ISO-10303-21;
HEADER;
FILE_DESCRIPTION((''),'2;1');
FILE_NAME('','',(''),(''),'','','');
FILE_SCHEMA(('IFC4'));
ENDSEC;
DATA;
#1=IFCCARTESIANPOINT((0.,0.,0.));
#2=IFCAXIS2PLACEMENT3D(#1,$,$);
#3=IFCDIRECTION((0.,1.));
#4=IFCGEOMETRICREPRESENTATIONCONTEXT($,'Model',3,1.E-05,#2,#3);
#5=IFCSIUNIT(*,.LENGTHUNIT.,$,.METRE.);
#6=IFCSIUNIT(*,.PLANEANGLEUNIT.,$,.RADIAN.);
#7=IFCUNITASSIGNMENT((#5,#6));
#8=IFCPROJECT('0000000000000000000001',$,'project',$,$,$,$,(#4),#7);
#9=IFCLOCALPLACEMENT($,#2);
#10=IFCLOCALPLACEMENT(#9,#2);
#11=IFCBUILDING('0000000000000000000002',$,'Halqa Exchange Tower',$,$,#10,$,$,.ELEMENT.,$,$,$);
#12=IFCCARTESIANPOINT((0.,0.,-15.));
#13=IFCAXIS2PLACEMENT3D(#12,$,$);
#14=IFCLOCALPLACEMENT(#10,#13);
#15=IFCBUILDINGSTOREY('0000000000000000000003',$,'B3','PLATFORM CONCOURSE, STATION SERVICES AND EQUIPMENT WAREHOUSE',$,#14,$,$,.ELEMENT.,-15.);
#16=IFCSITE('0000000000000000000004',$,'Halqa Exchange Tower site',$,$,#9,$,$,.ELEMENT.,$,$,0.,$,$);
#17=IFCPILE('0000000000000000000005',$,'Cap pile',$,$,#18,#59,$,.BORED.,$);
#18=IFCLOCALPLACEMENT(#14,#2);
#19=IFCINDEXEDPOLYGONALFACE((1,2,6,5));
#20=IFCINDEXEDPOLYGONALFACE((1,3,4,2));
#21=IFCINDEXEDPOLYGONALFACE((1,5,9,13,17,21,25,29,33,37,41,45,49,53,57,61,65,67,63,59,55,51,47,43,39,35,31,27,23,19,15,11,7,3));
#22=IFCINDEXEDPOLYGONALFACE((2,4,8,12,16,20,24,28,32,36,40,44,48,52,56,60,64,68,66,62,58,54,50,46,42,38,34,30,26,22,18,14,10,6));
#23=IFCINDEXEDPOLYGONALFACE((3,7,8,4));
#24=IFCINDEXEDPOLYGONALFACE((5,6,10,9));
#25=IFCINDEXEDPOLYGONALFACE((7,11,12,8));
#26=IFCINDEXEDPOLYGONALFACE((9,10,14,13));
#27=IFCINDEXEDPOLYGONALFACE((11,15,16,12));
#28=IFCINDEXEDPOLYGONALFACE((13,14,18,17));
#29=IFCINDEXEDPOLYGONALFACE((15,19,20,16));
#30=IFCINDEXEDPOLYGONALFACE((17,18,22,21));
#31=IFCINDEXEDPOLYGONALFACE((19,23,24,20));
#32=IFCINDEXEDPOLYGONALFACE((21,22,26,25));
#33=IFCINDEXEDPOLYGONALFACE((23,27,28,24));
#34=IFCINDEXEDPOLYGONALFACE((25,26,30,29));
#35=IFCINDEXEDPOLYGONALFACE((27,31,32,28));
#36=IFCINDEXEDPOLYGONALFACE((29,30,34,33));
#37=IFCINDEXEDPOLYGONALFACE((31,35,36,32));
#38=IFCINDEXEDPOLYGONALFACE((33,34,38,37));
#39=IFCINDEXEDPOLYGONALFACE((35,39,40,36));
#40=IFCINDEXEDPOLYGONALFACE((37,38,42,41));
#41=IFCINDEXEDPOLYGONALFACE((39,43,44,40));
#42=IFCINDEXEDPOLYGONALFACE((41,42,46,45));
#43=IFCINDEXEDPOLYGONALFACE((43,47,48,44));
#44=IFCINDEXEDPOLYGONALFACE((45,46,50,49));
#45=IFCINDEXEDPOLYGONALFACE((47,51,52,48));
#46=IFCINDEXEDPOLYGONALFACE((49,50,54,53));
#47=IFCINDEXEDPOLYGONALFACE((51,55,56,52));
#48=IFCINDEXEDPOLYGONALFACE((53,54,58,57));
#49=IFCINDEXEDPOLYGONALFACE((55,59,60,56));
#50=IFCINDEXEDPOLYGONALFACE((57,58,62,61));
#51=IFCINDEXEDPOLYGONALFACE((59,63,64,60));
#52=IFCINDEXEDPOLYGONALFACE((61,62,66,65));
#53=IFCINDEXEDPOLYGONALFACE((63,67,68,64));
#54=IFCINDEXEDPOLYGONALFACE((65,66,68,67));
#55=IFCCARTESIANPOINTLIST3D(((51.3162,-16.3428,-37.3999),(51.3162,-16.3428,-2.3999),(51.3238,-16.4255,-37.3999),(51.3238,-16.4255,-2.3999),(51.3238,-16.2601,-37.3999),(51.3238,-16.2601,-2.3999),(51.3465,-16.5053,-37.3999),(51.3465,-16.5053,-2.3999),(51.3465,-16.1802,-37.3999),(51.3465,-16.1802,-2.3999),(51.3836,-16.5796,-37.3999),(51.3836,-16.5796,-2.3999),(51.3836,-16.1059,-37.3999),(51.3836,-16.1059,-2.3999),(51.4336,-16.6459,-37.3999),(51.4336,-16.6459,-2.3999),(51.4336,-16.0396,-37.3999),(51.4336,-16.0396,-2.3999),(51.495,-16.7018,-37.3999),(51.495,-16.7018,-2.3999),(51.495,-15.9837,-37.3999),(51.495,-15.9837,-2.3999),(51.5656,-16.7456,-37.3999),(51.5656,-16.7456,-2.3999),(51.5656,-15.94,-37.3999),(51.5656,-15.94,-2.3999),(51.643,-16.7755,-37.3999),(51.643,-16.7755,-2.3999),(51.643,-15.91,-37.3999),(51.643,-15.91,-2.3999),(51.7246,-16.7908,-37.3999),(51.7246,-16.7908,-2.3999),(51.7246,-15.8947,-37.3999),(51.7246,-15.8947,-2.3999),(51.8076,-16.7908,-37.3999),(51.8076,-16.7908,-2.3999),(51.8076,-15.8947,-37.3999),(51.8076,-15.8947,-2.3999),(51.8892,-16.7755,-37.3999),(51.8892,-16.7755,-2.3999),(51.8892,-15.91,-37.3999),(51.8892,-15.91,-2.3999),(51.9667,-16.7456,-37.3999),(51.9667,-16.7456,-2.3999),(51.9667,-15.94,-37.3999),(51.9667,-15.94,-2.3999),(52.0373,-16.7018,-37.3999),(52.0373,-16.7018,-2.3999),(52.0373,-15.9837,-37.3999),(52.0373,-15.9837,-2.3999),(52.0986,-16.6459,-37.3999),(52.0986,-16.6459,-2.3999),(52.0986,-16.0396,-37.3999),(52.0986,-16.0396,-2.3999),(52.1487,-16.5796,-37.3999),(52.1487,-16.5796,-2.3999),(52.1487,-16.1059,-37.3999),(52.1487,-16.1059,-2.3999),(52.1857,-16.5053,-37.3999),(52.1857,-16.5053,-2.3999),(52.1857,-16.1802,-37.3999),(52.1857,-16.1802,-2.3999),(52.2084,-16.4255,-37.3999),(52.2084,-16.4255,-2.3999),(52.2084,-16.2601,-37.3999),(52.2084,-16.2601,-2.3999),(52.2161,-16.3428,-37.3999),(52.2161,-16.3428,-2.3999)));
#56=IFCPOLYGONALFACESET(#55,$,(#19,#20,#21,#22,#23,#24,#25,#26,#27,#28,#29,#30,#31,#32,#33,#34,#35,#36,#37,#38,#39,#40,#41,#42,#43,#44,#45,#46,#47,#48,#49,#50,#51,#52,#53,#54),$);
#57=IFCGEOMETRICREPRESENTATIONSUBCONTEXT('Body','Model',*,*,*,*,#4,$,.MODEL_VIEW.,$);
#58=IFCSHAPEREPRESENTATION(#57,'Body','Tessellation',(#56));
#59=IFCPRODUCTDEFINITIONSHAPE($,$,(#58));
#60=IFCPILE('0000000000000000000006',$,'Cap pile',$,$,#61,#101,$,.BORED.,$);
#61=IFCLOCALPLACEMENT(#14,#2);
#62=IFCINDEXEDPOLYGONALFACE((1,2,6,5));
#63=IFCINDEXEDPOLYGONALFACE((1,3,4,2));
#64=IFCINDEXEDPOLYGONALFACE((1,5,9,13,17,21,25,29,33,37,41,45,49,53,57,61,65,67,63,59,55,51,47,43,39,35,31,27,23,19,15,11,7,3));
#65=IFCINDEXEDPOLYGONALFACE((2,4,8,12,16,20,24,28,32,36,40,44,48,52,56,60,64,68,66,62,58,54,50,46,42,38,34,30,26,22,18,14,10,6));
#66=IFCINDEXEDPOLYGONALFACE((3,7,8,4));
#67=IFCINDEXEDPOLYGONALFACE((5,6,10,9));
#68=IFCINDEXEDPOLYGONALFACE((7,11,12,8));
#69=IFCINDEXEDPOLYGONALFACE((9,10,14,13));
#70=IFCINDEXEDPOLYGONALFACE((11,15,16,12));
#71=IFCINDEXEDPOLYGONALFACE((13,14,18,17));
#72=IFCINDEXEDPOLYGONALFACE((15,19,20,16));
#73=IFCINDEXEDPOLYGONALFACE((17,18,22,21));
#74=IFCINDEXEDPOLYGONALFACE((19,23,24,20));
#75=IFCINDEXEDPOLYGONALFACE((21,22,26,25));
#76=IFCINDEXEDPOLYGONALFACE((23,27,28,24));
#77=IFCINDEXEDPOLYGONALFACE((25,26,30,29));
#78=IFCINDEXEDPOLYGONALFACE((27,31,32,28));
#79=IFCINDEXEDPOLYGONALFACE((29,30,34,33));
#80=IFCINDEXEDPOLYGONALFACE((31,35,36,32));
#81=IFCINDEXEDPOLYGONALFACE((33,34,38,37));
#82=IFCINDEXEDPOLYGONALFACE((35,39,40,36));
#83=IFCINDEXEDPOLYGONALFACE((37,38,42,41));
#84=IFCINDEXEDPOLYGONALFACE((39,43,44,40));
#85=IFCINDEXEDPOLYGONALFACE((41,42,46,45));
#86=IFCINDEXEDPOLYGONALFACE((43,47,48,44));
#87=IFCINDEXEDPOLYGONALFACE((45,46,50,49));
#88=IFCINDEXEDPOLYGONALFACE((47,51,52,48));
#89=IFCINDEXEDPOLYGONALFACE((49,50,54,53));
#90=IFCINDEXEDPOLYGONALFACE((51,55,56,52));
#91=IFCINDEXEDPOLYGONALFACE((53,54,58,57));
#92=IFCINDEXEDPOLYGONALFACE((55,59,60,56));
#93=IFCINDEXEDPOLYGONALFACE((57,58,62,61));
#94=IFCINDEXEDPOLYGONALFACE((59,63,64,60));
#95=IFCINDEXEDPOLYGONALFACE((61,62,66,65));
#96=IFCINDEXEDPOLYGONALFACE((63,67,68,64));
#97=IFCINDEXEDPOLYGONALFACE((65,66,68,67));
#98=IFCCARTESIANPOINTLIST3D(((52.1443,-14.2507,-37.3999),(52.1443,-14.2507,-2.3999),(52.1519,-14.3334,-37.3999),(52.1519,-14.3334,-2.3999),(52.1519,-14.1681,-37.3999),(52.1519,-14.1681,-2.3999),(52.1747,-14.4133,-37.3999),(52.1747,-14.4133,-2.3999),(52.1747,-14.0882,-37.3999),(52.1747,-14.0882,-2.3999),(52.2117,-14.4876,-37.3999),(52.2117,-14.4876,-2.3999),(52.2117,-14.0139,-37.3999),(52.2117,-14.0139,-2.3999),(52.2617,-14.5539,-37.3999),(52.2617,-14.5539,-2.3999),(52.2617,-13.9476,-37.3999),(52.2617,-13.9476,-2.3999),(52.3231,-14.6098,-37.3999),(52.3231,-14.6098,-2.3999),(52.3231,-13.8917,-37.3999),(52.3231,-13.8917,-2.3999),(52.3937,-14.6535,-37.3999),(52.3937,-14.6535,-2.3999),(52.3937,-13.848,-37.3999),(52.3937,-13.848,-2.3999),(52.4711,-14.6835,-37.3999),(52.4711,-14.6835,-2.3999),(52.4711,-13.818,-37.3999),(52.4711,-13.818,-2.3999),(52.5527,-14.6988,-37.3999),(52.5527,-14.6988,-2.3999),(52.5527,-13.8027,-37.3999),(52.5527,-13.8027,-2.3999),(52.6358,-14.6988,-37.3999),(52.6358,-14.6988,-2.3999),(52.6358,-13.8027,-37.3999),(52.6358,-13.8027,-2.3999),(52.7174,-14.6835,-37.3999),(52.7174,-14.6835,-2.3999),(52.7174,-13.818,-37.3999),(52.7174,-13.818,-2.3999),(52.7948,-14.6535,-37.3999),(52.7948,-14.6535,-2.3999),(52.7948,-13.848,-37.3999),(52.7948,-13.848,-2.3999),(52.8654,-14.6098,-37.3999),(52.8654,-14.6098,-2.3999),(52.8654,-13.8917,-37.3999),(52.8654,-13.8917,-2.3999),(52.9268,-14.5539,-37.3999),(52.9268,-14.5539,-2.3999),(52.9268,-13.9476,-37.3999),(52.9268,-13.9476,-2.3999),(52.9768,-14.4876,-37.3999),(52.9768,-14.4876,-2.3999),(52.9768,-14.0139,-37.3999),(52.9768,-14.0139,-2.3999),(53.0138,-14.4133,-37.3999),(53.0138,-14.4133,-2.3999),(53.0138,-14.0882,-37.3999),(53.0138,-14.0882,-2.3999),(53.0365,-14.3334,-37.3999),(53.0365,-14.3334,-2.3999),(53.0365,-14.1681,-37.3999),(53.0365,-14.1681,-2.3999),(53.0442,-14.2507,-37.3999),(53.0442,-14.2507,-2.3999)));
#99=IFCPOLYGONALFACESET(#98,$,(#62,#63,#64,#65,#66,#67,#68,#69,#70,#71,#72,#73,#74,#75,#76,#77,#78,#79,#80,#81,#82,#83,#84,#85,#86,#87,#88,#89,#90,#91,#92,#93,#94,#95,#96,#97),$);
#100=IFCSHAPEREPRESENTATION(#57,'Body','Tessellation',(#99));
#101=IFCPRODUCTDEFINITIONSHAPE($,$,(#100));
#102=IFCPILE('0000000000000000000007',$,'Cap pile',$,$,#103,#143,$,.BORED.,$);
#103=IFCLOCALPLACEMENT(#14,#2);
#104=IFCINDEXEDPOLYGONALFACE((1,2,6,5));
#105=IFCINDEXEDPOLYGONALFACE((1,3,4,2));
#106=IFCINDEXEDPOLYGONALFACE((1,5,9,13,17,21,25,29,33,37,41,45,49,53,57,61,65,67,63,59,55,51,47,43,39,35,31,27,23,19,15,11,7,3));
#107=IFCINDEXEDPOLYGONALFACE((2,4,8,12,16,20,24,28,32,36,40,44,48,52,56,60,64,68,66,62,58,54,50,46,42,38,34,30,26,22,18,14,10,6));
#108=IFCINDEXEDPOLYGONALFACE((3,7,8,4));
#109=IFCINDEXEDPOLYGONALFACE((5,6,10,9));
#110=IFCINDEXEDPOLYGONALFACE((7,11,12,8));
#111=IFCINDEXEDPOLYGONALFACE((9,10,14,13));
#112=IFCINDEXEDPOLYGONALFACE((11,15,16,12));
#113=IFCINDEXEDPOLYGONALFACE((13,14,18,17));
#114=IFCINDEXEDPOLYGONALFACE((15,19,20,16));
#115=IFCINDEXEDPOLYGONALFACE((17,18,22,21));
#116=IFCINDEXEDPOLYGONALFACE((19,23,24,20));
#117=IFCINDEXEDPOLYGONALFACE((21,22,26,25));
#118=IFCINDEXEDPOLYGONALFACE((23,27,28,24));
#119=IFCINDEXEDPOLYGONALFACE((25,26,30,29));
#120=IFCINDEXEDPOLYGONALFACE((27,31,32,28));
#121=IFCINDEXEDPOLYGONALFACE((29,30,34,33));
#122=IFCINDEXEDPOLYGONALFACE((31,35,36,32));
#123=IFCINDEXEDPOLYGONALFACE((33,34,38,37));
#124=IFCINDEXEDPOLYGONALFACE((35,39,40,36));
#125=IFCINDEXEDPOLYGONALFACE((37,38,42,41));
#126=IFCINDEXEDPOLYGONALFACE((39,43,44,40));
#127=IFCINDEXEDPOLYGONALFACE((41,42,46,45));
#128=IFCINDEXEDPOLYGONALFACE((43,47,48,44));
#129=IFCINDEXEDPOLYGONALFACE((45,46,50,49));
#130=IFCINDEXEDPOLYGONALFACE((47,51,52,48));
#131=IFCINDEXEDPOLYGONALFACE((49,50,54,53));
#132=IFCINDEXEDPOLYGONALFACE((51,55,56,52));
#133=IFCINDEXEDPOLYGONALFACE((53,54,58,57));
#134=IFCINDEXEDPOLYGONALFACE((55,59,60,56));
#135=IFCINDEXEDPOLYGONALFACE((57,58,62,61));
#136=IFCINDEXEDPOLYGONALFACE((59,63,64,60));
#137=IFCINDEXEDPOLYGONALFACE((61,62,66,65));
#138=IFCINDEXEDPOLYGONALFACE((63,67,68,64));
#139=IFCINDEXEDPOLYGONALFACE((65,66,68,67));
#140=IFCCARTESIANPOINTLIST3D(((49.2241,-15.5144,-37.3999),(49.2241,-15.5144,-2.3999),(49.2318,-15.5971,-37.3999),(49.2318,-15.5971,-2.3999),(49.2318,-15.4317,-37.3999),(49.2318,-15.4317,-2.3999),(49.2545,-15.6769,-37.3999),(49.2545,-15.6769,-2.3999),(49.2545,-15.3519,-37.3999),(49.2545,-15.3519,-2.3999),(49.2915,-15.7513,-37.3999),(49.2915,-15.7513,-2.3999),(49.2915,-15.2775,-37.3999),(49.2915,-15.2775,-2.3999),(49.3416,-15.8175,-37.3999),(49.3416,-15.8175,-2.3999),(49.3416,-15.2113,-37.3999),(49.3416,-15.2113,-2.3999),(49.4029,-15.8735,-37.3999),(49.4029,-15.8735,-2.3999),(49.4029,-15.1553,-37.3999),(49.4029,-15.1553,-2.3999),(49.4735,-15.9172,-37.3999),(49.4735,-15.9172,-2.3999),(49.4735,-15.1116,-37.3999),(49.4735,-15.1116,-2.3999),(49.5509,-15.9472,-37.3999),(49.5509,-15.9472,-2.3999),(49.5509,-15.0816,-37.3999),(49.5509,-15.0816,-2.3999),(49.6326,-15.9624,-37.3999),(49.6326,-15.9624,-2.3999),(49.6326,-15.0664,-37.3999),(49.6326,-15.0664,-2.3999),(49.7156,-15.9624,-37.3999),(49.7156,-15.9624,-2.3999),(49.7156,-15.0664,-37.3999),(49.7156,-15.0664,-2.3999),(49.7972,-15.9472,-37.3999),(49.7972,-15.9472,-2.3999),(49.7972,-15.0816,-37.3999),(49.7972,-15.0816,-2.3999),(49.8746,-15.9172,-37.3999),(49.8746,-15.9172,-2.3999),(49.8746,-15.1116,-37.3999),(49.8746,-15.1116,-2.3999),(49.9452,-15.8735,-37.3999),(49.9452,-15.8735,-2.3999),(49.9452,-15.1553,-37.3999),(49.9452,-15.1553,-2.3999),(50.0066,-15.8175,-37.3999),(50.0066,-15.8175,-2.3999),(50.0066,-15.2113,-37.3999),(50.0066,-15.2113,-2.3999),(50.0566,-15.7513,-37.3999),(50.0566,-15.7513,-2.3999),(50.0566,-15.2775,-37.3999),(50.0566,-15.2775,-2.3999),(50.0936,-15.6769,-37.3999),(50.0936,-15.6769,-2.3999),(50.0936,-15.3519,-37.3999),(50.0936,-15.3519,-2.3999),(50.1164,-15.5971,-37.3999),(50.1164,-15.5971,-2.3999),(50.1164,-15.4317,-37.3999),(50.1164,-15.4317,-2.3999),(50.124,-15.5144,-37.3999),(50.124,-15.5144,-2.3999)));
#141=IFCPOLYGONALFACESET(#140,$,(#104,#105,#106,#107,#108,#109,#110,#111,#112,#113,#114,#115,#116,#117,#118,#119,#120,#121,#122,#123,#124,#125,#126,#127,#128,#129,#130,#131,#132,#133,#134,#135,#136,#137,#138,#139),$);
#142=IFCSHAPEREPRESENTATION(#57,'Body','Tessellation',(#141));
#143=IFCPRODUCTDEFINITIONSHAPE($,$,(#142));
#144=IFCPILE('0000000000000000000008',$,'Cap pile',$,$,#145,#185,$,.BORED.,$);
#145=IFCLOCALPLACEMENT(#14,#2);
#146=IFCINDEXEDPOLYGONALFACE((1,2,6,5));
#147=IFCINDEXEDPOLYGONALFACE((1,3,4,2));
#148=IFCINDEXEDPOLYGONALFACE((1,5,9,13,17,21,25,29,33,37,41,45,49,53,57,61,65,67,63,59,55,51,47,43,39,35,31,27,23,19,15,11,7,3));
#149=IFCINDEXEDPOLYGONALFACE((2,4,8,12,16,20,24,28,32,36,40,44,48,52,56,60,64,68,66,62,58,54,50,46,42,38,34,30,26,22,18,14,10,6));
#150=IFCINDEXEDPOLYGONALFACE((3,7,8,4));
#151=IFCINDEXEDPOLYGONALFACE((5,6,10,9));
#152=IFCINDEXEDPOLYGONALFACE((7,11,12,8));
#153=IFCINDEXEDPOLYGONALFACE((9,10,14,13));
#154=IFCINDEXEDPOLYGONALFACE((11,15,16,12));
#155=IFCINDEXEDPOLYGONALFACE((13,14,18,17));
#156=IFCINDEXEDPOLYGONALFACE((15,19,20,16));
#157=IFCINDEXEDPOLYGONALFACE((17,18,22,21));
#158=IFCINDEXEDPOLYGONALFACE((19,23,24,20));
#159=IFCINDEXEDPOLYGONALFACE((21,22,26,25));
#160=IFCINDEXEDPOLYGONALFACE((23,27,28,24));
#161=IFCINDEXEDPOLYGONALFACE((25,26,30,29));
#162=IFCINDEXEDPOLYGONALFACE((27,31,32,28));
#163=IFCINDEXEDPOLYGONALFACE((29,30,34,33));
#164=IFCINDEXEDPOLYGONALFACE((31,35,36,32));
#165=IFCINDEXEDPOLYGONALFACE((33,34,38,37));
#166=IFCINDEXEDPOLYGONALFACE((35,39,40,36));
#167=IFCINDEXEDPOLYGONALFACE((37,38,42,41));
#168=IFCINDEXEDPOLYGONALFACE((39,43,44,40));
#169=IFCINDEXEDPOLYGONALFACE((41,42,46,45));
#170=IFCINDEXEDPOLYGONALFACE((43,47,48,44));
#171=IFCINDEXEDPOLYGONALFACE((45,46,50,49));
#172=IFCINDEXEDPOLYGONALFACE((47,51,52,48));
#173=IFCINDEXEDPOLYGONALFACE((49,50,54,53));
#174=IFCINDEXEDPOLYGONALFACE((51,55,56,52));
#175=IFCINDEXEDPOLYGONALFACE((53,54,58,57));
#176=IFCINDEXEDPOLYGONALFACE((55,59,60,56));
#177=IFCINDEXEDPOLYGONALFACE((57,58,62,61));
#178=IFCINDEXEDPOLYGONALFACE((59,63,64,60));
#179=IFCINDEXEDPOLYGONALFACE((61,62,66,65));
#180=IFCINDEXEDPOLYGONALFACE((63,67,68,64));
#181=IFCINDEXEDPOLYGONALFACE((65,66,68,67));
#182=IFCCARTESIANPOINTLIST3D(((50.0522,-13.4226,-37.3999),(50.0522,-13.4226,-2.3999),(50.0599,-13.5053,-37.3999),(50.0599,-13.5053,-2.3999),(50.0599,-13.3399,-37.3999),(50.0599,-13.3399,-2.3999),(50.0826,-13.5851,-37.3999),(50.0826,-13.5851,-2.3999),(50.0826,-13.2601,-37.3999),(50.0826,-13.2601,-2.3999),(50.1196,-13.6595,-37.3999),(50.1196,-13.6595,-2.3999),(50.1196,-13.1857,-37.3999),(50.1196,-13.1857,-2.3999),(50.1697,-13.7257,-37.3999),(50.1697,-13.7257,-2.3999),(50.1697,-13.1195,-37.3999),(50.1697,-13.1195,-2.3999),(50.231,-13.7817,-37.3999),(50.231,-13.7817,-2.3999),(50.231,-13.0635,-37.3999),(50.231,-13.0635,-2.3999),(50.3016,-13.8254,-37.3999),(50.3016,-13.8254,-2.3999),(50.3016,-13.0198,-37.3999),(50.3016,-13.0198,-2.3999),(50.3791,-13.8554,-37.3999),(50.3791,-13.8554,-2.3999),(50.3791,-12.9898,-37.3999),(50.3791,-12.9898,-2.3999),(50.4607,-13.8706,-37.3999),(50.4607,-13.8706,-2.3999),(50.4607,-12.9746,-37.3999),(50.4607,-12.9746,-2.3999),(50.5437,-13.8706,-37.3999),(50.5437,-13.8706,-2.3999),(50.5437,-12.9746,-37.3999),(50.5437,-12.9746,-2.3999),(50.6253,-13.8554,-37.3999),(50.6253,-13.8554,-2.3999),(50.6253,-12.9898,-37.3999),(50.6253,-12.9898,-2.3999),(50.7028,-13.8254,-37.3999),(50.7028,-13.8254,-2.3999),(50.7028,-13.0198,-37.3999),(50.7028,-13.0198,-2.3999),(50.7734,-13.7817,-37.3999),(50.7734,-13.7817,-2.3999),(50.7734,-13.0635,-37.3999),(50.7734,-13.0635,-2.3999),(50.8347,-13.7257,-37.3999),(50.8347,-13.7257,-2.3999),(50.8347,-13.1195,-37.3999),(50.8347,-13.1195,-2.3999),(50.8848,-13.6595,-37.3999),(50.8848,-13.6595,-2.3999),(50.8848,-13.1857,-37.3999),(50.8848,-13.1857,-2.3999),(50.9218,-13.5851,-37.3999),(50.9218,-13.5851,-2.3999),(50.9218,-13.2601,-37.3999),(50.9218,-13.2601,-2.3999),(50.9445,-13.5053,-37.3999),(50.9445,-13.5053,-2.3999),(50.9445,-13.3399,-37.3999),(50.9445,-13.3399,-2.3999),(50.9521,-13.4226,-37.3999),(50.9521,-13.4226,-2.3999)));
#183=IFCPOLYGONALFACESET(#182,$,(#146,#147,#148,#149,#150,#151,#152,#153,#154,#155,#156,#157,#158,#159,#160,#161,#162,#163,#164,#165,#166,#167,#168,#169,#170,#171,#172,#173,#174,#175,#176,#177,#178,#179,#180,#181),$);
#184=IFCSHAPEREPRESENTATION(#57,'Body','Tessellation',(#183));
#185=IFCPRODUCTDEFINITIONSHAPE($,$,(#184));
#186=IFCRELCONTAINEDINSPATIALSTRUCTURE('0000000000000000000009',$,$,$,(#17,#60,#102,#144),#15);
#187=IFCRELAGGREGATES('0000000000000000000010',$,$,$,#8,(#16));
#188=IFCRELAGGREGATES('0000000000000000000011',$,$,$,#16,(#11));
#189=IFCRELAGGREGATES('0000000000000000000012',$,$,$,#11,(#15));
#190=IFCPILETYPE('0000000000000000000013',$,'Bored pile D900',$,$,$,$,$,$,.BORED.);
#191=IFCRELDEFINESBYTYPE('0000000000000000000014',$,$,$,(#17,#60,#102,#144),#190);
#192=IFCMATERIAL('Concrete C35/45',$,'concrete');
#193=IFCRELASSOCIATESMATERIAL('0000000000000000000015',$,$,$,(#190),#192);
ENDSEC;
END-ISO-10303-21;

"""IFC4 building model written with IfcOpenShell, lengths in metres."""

from ifc_helpers import new_model, si_unit, direction, frame, origin, origin_2d, place, context, subcontext, project, spatial, circle, extrude, material, material_profile, profile_set, type_object, element, save


model = new_model("IFC4")

# Units and contexts
model_context = context("Model", 3, precision=1e-05, world=origin(), true_north=direction((0.0, 1.0)))
body_context = subcontext(model_context, "Body", "Model", "MODEL_VIEW")
ifc_project = project(units=[si_unit("LENGTHUNIT", "METRE"), si_unit("PLANEANGLEUNIT", "RADIAN")], contexts=[model_context])

# Site, building, storey
site_placement = place(None, origin())
site = spatial("IfcSite", under=ifc_project, at=site_placement, Name="Halqa Exchange Tower site", CompositionType="ELEMENT", RefElevation=0.0)
building_placement = place(site_placement, origin())
building = spatial("IfcBuilding", under=site, at=building_placement, Name="Halqa Exchange Tower", CompositionType="ELEMENT")
storey_placement = place(building_placement, frame((0.0, 0.0, -15.0)))
storey = spatial("IfcBuildingStorey", under=building, at=storey_placement, Name="B3", Description="PLATFORM CONCOURSE, STATION SERVICES AND EQUIPMENT WAREHOUSE", CompositionType="ELEMENT", Elevation=-15.0)

# Piles
ifc_material_1 = material(Name="Concrete C35/45", Category="concrete")
ifc_material_profile_1 = material_profile(ifc_material_1, circle(Radius=0.45, at=origin_2d()), Name="D900")
ifc_profile_set_1 = profile_set([ifc_material_profile_1], Name="Concrete C35/45")
pile_type = type_object("IfcPileType", Name="Bored pile D900", PredefinedType="BORED", material=ifc_profile_set_1)
for number, where, z_axis, x_axis, name in (
    (1, (51.7661, -16.3428, -2.3999), (0.0, 0.0, -1.0), (1.0, 0.0, 0.0), "Cap pile"),
    (2, (52.5942, -14.2507, -2.3999), (0.0, 0.0, -1.0), (1.0, 0.0, 0.0), "Cap pile"),
    (3, (49.6741, -15.5144, -2.3999), (0.0, 0.0, -1.0), (1.0, 0.0, 0.0), "Cap pile"),
    (4, (50.5022, -13.4226, -2.3999), (0.0, 0.0, -1.0), (1.0, 0.0, 0.0), "Cap pile"),
):
    element("IfcPile", number, at=place(storey_placement, frame(where, z_axis=z_axis, x_axis=x_axis)), inside=storey, type_object=pile_type, Name=name, PredefinedType="BORED", context=body_context, shape_type="SweptSolid", body=[
        extrude(circle(Radius=0.45, at=origin_2d()), origin(), (0.0, 0.0, 1.0), 35.0),
    ])

save(model, "model.ifc")
